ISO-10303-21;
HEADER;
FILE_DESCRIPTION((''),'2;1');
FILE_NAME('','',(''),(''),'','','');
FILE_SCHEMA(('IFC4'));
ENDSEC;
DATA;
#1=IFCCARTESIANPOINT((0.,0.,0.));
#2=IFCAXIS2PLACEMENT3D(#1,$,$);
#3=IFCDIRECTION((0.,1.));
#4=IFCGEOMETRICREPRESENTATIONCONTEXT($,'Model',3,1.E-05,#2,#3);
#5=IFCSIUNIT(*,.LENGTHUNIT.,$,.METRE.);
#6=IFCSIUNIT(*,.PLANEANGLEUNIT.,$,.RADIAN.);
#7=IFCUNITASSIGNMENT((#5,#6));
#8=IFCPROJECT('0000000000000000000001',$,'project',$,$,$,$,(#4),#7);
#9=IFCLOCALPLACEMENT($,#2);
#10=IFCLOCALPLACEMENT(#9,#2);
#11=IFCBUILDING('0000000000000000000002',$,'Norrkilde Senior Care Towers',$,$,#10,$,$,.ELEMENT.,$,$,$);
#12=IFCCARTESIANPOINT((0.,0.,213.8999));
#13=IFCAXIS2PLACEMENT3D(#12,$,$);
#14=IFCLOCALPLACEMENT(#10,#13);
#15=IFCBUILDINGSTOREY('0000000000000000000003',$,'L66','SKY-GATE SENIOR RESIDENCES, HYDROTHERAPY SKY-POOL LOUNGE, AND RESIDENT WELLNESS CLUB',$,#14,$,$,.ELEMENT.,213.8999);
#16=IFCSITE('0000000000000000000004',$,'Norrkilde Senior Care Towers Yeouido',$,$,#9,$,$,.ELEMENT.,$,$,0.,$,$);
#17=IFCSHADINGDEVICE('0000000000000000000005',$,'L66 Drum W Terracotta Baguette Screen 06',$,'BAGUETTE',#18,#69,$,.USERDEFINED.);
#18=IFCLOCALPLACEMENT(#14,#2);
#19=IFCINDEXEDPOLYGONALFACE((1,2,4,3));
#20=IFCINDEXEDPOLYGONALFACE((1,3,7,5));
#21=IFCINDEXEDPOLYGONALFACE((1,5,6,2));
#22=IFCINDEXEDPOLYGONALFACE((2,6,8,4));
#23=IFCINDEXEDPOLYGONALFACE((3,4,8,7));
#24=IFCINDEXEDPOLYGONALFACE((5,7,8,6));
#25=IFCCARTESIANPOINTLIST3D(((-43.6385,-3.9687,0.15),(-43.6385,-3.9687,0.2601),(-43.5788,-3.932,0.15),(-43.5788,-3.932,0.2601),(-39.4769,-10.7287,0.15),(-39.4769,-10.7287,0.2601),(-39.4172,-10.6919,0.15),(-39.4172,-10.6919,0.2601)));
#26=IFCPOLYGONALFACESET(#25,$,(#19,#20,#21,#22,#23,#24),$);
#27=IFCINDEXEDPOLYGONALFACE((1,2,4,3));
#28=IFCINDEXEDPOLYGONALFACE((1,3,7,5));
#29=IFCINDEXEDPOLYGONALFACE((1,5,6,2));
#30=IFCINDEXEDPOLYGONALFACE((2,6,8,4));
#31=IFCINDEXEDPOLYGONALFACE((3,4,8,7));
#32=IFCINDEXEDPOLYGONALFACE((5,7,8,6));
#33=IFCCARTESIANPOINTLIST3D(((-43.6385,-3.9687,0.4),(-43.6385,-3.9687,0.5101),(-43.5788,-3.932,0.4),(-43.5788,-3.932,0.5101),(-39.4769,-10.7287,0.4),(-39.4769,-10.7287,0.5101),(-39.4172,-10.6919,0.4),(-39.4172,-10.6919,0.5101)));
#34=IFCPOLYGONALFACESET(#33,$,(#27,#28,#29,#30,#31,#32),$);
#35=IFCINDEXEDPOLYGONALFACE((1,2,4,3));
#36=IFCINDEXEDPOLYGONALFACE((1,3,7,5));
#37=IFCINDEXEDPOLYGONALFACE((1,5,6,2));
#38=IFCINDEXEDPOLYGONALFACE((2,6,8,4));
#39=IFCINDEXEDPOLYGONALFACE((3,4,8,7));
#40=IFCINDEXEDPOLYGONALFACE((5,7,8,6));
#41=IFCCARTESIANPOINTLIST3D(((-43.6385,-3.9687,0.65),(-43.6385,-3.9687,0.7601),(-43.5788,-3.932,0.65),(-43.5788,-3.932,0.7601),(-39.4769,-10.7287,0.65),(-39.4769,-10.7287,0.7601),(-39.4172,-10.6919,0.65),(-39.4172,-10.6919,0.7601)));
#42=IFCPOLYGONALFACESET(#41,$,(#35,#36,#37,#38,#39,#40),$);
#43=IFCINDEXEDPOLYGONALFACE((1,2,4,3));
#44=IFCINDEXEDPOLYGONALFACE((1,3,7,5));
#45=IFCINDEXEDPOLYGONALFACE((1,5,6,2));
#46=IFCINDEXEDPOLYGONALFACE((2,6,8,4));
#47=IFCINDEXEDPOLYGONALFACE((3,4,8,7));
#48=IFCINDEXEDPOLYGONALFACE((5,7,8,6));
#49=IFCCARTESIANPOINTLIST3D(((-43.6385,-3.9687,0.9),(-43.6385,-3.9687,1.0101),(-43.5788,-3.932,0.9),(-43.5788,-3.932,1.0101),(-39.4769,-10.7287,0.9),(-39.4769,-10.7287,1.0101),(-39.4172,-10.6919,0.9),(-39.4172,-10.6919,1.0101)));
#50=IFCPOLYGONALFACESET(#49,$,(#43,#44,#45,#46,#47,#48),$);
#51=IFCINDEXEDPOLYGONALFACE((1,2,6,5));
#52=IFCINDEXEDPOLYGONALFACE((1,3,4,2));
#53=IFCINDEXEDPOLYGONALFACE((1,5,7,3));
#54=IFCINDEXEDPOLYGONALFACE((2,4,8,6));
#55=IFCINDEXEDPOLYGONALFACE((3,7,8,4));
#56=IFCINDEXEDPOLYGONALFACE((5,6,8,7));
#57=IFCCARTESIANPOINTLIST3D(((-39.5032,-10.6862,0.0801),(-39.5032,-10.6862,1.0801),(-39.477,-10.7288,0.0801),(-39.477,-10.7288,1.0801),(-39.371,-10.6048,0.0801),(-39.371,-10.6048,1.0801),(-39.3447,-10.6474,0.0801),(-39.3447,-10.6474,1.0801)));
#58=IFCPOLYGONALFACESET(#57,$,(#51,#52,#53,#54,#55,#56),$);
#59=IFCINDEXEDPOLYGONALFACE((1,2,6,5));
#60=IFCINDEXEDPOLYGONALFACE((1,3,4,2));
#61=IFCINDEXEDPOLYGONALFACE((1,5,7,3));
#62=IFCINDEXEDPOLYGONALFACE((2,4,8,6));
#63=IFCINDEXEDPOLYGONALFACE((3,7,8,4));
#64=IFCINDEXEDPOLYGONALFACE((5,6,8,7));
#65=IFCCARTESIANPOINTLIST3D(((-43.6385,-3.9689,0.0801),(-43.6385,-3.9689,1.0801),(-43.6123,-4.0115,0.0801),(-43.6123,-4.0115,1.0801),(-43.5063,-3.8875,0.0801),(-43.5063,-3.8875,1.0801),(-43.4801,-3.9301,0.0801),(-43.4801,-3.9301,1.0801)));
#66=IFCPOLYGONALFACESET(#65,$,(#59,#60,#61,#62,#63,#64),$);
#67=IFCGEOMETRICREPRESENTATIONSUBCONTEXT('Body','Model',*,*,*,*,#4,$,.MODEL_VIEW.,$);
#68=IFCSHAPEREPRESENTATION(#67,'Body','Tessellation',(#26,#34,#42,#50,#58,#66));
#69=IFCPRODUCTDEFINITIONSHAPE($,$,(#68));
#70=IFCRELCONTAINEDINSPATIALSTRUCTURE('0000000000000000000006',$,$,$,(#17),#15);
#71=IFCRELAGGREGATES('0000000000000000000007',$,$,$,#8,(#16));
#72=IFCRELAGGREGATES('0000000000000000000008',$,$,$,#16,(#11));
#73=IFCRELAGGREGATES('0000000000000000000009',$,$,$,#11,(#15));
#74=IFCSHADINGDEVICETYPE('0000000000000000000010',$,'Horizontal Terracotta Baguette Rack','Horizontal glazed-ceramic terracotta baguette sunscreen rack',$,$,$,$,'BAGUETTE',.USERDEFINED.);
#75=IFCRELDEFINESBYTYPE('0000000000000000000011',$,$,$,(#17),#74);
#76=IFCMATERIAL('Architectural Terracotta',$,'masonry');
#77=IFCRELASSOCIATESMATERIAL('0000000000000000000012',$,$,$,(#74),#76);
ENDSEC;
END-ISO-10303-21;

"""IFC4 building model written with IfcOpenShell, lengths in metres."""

from ifc_helpers import new_model, si_unit, direction, frame, origin, origin_2d, place, context, subcontext, project, spatial, rectangle, extrude, source, transform, mapped, material, type_object, type_shapes, element, save


model = new_model("IFC4")

# Units and contexts
model_context = context("Model", 3, precision=1e-05, world=origin(), true_north=direction((0.0, 1.0)))
body_context = subcontext(model_context, "Body", "Model", "MODEL_VIEW")
ifc_project = project(units=[si_unit("LENGTHUNIT", "METRE"), si_unit("PLANEANGLEUNIT", "RADIAN")], contexts=[model_context])

# Site, building, storey
site_placement = place(None, origin())
site = spatial("IfcSite", under=ifc_project, at=site_placement, Name="Norrkilde Senior Care Towers Yeouido", CompositionType="ELEMENT", RefElevation=0.0)
building_placement = place(site_placement, origin())
building = spatial("IfcBuilding", under=site, at=building_placement, Name="Norrkilde Senior Care Towers", CompositionType="ELEMENT")
storey_placement = place(building_placement, frame((0.0, 0.0, 213.8999)))
storey = spatial("IfcBuildingStorey", under=building, at=storey_placement, Name="L66", Description="SKY-GATE SENIOR RESIDENCES, HYDROTHERAPY SKY-POOL LOUNGE, AND RESIDENT WELLNESS CLUB", CompositionType="ELEMENT", Elevation=213.8999)

# Shading device
ifc_material_1 = material(Name="Architectural Terracotta", Category="masonry")
shading_device_type = type_object("IfcShadingDeviceType", Name="Horizontal Terracotta Baguette Rack", Description="Horizontal glazed-ceramic terracotta baguette sunscreen rack", ElementType="BAGUETTE", PredefinedType="USERDEFINED", material=ifc_material_1)
shared_shape_1 = source(origin(), body_context, "Body", "SweptSolid", [
    extrude(rectangle(XDim=0.0701, YDim=0.1101, at=origin_2d()), frame((0.0, 0.0901, 0.125), z_axis=(1.0, 0.0, 0.0), x_axis=(0.0, 1.0, 0.0)), (0.0, 0.0, 1.0), 7.9382),
    extrude(rectangle(XDim=0.0701, YDim=0.1101, at=origin_2d()), frame((0.0, 0.0901, 0.375), z_axis=(1.0, 0.0, 0.0), x_axis=(0.0, 1.0, 0.0)), (0.0, 0.0, 1.0), 7.9382),
    extrude(rectangle(XDim=0.0701, YDim=0.1101, at=origin_2d()), frame((0.0, 0.0901, 0.625), z_axis=(1.0, 0.0, 0.0), x_axis=(0.0, 1.0, 0.0)), (0.0, 0.0, 1.0), 7.9382),
    extrude(rectangle(XDim=0.0701, YDim=0.1101, at=origin_2d()), frame((0.0, 0.0901, 0.875), z_axis=(1.0, 0.0, 0.0), x_axis=(0.0, 1.0, 0.0)), (0.0, 0.0, 1.0), 7.9382),
    extrude(rectangle(XDim=0.05, YDim=0.1553, at=origin_2d()), frame((0.0249, 0.0476, 0.0)), (0.0, 0.0, 1.0), 1.0),
    extrude(rectangle(XDim=0.05, YDim=0.1553, at=origin_2d()), frame((7.9131, 0.0476, 0.0)), (0.0, 0.0, 1.0), 1.0),
])
type_shapes(shading_device_type, [shared_shape_1])
shading_device_placement = place(storey_placement, frame((-39.3704, -10.6631, 0.0801), z_axis=(0.0, 0.0, 1.0), x_axis=(-0.52425, 0.851576, 0.0)))
element("IfcShadingDevice", 1, at=shading_device_placement, inside=storey, type_object=shading_device_type, Name="L66 Drum W Terracotta Baguette Screen 06", ObjectType="BAGUETTE", PredefinedType="USERDEFINED", context=body_context, shape_type="MappedRepresentation", body=[
    mapped(shared_shape_1, transform((0.0, 0.0, 0.0), x_axis=(1.0, 0.0, 0.0), y_axis=(0.0, 1.0, 0.0), z_axis=(0.0, 0.0, 1.0), scale=1.0)),
])

save(model, "model.ifc")
